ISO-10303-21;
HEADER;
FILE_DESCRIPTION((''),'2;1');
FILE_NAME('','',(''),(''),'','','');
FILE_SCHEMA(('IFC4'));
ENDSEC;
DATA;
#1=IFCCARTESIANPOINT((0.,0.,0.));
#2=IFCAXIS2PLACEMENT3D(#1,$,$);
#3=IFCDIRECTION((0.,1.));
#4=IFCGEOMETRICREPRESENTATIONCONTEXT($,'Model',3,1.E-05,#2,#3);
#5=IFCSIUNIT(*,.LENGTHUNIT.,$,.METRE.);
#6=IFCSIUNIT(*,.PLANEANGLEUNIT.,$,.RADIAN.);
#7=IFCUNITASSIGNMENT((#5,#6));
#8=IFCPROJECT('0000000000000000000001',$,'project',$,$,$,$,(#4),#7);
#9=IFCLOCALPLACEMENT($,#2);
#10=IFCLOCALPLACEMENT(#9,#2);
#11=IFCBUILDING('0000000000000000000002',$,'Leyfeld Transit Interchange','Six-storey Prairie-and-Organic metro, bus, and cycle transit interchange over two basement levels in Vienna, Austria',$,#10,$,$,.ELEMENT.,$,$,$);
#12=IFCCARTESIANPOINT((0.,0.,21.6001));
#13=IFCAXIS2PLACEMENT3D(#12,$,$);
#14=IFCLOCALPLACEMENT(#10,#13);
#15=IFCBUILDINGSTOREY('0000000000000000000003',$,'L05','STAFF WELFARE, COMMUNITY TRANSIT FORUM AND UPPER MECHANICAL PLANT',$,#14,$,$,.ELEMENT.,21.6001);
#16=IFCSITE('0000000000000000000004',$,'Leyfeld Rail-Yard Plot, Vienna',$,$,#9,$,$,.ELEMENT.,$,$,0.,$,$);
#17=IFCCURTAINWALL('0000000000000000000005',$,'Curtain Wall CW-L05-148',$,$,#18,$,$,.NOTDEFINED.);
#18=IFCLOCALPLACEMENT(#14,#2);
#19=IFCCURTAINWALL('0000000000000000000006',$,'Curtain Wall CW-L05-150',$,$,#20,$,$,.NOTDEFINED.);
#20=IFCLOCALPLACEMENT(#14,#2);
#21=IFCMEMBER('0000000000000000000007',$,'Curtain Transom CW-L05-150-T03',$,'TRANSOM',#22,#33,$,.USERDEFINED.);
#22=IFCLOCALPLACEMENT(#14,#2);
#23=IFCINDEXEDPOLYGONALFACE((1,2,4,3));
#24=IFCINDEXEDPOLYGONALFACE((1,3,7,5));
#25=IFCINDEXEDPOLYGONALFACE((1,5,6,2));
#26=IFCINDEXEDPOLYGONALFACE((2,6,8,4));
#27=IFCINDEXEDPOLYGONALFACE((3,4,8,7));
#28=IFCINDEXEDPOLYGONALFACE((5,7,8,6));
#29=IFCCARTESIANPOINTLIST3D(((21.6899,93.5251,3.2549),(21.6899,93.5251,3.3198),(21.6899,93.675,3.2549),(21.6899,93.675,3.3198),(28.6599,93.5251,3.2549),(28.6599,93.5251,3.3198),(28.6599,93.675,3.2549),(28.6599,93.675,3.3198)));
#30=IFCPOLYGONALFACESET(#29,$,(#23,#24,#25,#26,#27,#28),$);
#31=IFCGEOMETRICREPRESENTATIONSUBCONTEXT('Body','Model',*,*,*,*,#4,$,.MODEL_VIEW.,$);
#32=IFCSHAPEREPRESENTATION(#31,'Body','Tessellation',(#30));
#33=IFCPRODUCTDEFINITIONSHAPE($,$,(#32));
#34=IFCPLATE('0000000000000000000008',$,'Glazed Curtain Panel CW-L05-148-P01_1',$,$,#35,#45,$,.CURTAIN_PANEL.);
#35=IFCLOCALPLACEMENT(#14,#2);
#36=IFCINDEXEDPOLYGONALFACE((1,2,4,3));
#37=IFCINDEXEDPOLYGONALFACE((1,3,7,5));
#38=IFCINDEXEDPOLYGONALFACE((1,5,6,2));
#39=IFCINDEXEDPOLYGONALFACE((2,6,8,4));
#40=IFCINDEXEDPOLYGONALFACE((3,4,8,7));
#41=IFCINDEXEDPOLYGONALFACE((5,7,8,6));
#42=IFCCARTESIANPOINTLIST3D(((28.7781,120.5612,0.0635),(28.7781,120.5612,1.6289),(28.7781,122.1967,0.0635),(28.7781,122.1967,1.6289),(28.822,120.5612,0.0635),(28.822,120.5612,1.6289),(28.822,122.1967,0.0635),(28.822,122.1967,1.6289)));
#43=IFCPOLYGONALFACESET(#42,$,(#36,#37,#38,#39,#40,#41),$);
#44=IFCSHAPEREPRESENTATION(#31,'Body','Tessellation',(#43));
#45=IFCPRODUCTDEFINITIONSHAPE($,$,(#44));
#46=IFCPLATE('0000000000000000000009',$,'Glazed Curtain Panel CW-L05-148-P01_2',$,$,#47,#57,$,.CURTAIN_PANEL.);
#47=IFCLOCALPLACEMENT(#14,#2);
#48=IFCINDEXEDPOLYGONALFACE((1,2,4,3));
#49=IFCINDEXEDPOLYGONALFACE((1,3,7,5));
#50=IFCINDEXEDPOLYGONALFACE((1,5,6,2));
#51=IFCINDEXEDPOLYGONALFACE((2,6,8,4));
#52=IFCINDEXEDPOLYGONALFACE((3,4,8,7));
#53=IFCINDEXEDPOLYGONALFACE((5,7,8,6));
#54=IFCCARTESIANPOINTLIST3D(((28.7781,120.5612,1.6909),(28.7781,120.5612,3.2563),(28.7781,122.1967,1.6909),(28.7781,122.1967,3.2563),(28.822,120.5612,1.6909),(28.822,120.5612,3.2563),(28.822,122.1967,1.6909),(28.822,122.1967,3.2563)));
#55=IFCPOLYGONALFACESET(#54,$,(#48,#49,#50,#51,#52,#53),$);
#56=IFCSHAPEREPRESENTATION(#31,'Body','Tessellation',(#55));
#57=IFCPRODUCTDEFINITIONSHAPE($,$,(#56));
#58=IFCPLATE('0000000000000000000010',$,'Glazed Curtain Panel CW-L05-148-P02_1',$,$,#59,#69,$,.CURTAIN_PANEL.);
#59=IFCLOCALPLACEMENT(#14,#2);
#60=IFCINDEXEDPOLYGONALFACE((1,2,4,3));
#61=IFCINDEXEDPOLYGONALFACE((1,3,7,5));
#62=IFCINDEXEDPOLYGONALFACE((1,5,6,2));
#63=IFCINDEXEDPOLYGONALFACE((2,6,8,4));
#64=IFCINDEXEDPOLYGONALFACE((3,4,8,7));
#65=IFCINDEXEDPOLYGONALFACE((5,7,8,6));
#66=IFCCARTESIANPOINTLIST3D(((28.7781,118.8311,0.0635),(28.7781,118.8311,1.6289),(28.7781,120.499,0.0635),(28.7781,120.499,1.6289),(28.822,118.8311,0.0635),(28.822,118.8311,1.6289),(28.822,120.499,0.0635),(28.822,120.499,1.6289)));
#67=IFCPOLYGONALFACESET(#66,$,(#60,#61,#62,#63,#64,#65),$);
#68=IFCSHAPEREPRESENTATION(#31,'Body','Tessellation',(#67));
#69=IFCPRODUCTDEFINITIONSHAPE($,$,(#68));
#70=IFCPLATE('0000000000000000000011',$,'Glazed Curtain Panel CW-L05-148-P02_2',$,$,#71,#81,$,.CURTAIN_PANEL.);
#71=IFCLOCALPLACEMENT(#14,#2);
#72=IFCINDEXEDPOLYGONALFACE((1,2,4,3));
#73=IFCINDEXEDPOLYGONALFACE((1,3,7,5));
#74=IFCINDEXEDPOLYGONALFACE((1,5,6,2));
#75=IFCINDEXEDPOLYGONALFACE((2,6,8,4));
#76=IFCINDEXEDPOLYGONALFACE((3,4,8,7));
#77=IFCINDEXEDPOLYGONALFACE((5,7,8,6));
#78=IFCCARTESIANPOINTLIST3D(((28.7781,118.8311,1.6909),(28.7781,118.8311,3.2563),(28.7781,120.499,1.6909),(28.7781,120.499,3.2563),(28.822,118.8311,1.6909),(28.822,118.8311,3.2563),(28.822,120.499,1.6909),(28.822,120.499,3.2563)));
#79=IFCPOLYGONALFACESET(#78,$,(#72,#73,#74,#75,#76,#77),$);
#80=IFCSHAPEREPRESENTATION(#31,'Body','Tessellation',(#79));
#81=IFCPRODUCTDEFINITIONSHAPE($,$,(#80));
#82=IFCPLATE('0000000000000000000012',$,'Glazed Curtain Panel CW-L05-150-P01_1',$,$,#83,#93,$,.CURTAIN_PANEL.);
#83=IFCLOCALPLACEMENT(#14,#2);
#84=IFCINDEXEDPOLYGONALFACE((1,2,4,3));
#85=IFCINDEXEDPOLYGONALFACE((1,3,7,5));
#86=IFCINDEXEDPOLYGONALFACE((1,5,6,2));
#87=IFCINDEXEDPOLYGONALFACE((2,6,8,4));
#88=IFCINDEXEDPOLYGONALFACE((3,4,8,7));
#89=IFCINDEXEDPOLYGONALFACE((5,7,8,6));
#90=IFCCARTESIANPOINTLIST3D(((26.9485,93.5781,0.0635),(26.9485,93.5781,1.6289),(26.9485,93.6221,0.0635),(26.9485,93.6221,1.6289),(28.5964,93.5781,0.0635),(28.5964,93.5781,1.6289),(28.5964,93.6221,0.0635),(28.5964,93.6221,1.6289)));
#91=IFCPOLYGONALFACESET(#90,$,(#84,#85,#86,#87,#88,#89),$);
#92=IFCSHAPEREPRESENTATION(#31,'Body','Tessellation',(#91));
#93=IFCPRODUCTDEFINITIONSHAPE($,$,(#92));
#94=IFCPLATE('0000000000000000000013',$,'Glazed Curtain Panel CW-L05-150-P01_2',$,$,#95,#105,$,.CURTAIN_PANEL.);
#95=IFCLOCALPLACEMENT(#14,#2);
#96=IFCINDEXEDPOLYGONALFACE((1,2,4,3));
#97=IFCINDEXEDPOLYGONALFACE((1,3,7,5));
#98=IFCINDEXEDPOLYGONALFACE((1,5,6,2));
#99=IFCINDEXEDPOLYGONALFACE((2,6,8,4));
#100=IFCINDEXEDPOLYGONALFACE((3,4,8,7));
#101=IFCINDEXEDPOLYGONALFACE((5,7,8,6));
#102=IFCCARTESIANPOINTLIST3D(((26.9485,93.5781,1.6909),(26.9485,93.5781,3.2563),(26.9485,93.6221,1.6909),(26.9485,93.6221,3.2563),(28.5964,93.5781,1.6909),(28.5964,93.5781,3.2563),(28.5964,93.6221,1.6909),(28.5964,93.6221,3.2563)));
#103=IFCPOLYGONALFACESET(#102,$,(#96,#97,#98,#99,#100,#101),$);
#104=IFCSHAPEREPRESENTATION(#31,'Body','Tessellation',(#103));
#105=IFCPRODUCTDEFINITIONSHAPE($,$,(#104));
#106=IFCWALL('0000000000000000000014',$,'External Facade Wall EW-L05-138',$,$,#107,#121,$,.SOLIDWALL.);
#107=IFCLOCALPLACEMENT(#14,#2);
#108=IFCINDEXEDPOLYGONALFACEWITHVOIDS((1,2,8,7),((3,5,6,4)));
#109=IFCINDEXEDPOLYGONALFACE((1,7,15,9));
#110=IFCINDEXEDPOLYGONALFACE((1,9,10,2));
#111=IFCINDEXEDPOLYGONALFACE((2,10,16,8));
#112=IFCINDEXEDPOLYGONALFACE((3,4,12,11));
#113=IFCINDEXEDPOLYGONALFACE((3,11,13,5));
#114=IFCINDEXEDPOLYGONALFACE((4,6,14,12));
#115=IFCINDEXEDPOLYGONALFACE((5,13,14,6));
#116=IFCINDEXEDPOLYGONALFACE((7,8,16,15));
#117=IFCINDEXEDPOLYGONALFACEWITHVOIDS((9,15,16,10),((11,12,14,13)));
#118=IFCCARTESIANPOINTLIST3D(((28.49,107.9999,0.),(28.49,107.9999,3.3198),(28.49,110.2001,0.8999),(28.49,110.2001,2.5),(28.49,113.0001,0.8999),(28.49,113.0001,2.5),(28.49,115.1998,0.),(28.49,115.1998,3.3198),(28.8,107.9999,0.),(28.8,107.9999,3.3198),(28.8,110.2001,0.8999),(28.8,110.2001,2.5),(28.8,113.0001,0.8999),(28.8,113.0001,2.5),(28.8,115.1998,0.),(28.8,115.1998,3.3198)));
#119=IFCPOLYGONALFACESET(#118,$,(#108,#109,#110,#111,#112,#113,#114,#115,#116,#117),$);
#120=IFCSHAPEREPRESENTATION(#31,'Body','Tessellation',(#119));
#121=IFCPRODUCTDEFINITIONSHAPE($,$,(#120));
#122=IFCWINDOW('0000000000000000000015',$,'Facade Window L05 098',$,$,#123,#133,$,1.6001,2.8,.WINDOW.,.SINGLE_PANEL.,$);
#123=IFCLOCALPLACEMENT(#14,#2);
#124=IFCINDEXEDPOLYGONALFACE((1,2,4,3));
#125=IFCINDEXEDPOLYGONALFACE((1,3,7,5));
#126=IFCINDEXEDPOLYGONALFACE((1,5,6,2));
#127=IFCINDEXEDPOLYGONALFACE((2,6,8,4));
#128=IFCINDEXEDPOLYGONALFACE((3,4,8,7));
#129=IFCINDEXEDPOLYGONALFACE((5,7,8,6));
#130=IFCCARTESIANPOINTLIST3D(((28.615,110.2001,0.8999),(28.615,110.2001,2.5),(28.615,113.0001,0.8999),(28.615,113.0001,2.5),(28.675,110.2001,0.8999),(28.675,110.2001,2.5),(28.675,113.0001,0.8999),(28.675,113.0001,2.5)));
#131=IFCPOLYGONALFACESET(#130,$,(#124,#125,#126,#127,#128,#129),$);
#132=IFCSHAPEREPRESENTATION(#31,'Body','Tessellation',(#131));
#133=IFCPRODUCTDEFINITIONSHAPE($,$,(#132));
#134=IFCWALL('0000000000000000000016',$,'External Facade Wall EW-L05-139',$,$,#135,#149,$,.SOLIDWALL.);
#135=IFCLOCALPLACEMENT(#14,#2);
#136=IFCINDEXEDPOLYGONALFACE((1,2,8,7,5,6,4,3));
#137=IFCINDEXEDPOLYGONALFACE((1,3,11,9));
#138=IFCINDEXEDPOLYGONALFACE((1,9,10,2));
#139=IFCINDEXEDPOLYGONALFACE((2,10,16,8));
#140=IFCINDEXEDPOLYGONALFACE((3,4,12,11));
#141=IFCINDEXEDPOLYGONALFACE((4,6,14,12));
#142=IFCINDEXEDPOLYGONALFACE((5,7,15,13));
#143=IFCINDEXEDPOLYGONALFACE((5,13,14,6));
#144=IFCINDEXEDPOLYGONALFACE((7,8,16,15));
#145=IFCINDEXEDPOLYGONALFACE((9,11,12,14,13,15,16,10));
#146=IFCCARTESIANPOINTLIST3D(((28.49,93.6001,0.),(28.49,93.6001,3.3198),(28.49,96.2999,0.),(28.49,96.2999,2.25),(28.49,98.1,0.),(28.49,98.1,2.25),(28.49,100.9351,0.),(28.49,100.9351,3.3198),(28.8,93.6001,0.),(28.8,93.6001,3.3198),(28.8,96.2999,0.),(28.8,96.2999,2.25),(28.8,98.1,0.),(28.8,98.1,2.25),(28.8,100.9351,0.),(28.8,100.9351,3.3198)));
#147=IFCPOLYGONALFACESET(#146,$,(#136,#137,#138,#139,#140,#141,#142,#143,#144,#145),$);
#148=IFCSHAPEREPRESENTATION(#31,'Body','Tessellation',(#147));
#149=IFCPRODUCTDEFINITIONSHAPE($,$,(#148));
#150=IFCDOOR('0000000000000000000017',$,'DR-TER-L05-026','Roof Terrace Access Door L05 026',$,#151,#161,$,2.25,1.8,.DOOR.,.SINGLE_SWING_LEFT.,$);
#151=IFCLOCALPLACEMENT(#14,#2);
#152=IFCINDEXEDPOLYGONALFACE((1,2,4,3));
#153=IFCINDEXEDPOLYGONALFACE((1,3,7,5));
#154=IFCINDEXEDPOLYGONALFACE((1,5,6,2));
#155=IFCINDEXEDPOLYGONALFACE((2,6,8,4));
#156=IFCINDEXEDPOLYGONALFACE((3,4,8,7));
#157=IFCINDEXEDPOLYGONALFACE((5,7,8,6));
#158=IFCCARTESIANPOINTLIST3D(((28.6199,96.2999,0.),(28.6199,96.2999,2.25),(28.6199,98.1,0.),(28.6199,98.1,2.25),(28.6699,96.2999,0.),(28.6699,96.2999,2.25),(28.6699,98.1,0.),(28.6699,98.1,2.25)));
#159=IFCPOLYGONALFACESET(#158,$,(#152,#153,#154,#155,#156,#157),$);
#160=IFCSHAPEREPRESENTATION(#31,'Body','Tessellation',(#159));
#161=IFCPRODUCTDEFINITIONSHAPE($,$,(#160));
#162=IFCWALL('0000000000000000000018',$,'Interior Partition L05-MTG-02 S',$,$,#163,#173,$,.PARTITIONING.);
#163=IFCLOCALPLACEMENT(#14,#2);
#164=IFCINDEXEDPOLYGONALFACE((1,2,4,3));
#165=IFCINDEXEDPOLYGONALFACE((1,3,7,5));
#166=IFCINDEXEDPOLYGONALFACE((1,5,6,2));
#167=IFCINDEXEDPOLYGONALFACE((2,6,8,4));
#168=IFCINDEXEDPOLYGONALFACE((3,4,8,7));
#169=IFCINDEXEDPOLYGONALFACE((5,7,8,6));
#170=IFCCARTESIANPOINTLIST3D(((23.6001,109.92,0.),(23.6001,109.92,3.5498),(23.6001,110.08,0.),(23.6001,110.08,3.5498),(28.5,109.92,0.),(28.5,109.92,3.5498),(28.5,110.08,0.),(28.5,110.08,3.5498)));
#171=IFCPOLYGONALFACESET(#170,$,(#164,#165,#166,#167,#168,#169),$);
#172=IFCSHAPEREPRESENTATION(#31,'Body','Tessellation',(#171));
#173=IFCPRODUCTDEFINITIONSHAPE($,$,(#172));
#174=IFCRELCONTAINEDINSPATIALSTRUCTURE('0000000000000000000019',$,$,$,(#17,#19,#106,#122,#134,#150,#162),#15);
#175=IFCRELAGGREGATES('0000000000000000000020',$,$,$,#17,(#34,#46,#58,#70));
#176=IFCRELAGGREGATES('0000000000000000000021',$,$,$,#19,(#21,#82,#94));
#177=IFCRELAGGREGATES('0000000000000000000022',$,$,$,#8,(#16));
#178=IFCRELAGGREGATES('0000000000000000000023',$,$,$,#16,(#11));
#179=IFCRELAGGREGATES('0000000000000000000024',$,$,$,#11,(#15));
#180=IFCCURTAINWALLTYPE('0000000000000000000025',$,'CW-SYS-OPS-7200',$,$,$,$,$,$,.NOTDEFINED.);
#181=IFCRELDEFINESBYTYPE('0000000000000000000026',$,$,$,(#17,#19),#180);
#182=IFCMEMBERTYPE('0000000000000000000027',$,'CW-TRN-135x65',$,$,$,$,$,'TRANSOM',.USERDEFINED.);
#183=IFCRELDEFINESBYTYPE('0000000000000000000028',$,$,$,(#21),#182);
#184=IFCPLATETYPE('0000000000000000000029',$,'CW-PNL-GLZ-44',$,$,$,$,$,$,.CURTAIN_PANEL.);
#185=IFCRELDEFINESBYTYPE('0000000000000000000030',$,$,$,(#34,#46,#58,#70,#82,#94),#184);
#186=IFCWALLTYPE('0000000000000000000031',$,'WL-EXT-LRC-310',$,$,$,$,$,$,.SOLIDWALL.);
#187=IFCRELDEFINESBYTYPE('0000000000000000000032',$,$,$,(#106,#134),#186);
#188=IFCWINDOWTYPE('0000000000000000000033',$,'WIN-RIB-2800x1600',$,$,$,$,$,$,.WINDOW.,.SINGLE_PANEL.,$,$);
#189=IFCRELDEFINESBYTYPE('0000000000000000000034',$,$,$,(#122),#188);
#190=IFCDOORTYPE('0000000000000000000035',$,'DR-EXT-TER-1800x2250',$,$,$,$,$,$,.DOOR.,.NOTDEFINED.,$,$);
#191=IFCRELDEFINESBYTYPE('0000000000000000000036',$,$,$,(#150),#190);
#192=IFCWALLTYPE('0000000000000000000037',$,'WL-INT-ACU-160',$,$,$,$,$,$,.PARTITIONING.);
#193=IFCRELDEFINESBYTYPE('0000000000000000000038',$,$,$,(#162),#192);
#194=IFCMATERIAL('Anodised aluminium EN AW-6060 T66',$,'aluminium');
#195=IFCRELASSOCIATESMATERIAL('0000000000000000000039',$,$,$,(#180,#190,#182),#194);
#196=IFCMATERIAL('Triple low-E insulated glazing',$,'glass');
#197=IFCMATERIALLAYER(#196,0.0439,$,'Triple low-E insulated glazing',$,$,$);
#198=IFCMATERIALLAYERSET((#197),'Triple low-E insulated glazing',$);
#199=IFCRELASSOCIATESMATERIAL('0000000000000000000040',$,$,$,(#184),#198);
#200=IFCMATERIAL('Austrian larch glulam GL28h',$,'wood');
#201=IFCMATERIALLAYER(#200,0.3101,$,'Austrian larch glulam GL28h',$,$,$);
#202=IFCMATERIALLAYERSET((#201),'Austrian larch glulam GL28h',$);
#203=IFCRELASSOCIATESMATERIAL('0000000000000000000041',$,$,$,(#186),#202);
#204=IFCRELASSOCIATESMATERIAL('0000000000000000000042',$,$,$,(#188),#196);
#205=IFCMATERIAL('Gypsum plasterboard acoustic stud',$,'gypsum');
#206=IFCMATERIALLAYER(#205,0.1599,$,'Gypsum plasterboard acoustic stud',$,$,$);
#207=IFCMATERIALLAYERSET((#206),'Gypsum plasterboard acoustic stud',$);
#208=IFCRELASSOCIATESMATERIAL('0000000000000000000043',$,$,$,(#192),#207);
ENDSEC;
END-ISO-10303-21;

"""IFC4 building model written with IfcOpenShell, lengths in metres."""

from ifc_helpers import new_model, si_unit, direction, frame, frame_2d, origin, origin_2d, place, context, subcontext, project, spatial, rectangle, extrude, material, layer, layer_set, material_profile, profile_set, type_object, element, fill, aggregate, save


model = new_model("IFC4")

# Units and contexts
model_context = context("Model", 3, precision=1e-05, world=origin(), true_north=direction((0.0, 1.0)))
body_context = subcontext(model_context, "Body", "Model", "MODEL_VIEW")
ifc_project = project(units=[si_unit("LENGTHUNIT", "METRE"), si_unit("PLANEANGLEUNIT", "RADIAN")], contexts=[model_context])

# Site, building, storey
site_placement = place(None, origin())
site = spatial("IfcSite", under=ifc_project, at=site_placement, Name="Leyfeld Rail-Yard Plot, Vienna", CompositionType="ELEMENT", RefElevation=0.0)
building_placement = place(site_placement, origin())
building = spatial("IfcBuilding", under=site, at=building_placement, Name="Leyfeld Transit Interchange", Description="Six-storey Prairie-and-Organic metro, bus, and cycle transit interchange over two basement levels in Vienna, Austria", CompositionType="ELEMENT")
storey_placement = place(building_placement, frame((0.0, 0.0, 21.6001)))
storey = spatial("IfcBuildingStorey", under=building, at=storey_placement, Name="L05", Description="STAFF WELFARE, COMMUNITY TRANSIT FORUM AND UPPER MECHANICAL PLANT", CompositionType="ELEMENT", Elevation=21.6001)

# Curtain wall
ifc_material_1 = material(Name="Anodised aluminium EN AW-6060 T66", Category="aluminium")
curtain_wall_type = type_object("IfcCurtainWallType", Name="CW-SYS-OPS-7200", PredefinedType="NOTDEFINED", material=ifc_material_1)
curtain_wall_1_placement = place(storey_placement, origin())
curtain_wall_1 = element("IfcCurtainWall", 1, at=curtain_wall_1_placement, inside=storey, type_object=curtain_wall_type, Name="Curtain Wall CW-L05-148", PredefinedType="NOTDEFINED")

# Curtain wall
curtain_wall_2_placement = place(storey_placement, origin())
curtain_wall_2 = element("IfcCurtainWall", 2, at=curtain_wall_2_placement, inside=storey, type_object=curtain_wall_type, Name="Curtain Wall CW-L05-150", PredefinedType="NOTDEFINED")

# Member
ifc_material_profile_1 = material_profile(ifc_material_1, rectangle(XDim=0.1499, YDim=0.0649, at=origin_2d()), Name="CW-TRN-135x65")
ifc_profile_set_1 = profile_set([ifc_material_profile_1], Name="Anodised aluminium EN AW-6060 T66")
member_type_1 = type_object("IfcMemberType", Name="CW-TRN-135x65", ElementType="TRANSOM", PredefinedType="USERDEFINED", material=ifc_profile_set_1)
member_1_placement = place(storey_placement, frame((28.6599, 93.6001, 3.2874), z_axis=(-1.0, 0.0, 0.0), x_axis=(0.0, -1.0, 0.0)))
member_1 = element("IfcMember", 3, at=member_1_placement, type_object=member_type_1, Name="Curtain Transom CW-L05-150-T03", ObjectType="TRANSOM", PredefinedType="USERDEFINED", context=body_context, shape_type="SweptSolid", body=[
    extrude(rectangle(XDim=0.1499, YDim=0.0649, at=origin_2d()), origin(), (0.0, 0.0, 1.0), 6.97),
])

# Plates
ifc_material_2 = material(Name="Triple low-E insulated glazing", Category="glass")
ifc_layer_1 = layer(ifc_material_2, 0.0439, Name="Triple low-E insulated glazing")
ifc_layer_set_1 = layer_set([ifc_layer_1], Name="Triple low-E insulated glazing")
plate_type = type_object("IfcPlateType", Name="CW-PNL-GLZ-44", PredefinedType="CURTAIN_PANEL", material=ifc_layer_set_1)
plate_1_placement = place(storey_placement, frame((28.8, 121.3789, 0.0635), z_axis=(0.0, 0.0, 1.0), x_axis=(0.0, -1.0, 0.0)))
plate_1 = element("IfcPlate", 4, at=plate_1_placement, type_object=plate_type, Name="Glazed Curtain Panel CW-L05-148-P01_1", PredefinedType="CURTAIN_PANEL", context=body_context, shape_type="SweptSolid", body=[
    extrude(rectangle(XDim=1.6355, YDim=0.0439, at=origin_2d()), origin(), (0.0, 0.0, 1.0), 1.5654),
])
plate_2_placement = place(storey_placement, frame((28.8, 121.3789, 1.6909), z_axis=(0.0, 0.0, 1.0), x_axis=(0.0, -1.0, 0.0)))
plate_2 = element("IfcPlate", 5, at=plate_2_placement, type_object=plate_type, Name="Glazed Curtain Panel CW-L05-148-P01_2", PredefinedType="CURTAIN_PANEL", context=body_context, shape_type="SweptSolid", body=[
    extrude(rectangle(XDim=1.6355, YDim=0.0439, at=origin_2d()), origin(), (0.0, 0.0, 1.0), 1.5654),
])
plate_3_placement = place(storey_placement, frame((28.8, 119.665, 0.0635), z_axis=(0.0, 0.0, 1.0), x_axis=(0.0, -1.0, 0.0)))
plate_3 = element("IfcPlate", 6, at=plate_3_placement, type_object=plate_type, Name="Glazed Curtain Panel CW-L05-148-P02_1", PredefinedType="CURTAIN_PANEL", context=body_context, shape_type="SweptSolid", body=[
    extrude(rectangle(XDim=1.668, YDim=0.0439, at=origin_2d()), origin(), (0.0, 0.0, 1.0), 1.5654),
])
plate_4_placement = place(storey_placement, frame((28.8, 119.665, 1.6909), z_axis=(0.0, 0.0, 1.0), x_axis=(0.0, -1.0, 0.0)))
plate_4 = element("IfcPlate", 7, at=plate_4_placement, type_object=plate_type, Name="Glazed Curtain Panel CW-L05-148-P02_2", PredefinedType="CURTAIN_PANEL", context=body_context, shape_type="SweptSolid", body=[
    extrude(rectangle(XDim=1.668, YDim=0.0439, at=origin_2d()), origin(), (0.0, 0.0, 1.0), 1.5654),
])
aggregate(curtain_wall_1, [plate_1, plate_2, plate_3, plate_4])
plate_5_placement = place(storey_placement, frame((27.7725, 93.6001, 0.0635), z_axis=(0.0, 0.0, 1.0), x_axis=(-1.0, 0.0, 0.0)))
plate_5 = element("IfcPlate", 8, at=plate_5_placement, type_object=plate_type, Name="Glazed Curtain Panel CW-L05-150-P01_1", PredefinedType="CURTAIN_PANEL", context=body_context, shape_type="SweptSolid", body=[
    extrude(rectangle(XDim=1.6479, YDim=0.0439, at=origin_2d()), origin(), (0.0, 0.0, 1.0), 1.5654),
])
plate_6_placement = place(storey_placement, frame((27.7725, 93.6001, 1.6909), z_axis=(0.0, 0.0, 1.0), x_axis=(-1.0, 0.0, 0.0)))
plate_6 = element("IfcPlate", 9, at=plate_6_placement, type_object=plate_type, Name="Glazed Curtain Panel CW-L05-150-P01_2", PredefinedType="CURTAIN_PANEL", context=body_context, shape_type="SweptSolid", body=[
    extrude(rectangle(XDim=1.6479, YDim=0.0439, at=origin_2d()), origin(), (0.0, 0.0, 1.0), 1.5654),
])
aggregate(curtain_wall_2, [member_1, plate_5, plate_6])

# Wall, opening, window
ifc_material_3 = material(Name="Austrian larch glulam GL28h", Category="wood")
ifc_layer_2 = layer(ifc_material_3, 0.3101, Name="Austrian larch glulam GL28h")
ifc_layer_set_2 = layer_set([ifc_layer_2], Name="Austrian larch glulam GL28h")
wall_type_1 = type_object("IfcWallType", Name="WL-EXT-LRC-310", PredefinedType="SOLIDWALL", material=ifc_layer_set_2)
wall_1_placement = place(storey_placement, frame((28.645, 115.2, 0.0), z_axis=(0.0, 0.0, 1.0), x_axis=(0.0, -1.0, 0.0)))
wall_1 = element("IfcWall", 10, at=wall_1_placement, inside=storey, type_object=wall_type_1, Name="External Facade Wall EW-L05-138", PredefinedType="SOLIDWALL", context=body_context, shape_type="SweptSolid", body=[
    extrude(rectangle(XDim=7.2, YDim=0.3101, at=frame_2d((3.6001, 0.0))), origin(), (0.0, 0.0, 1.0), 3.3198),
])
opening_1_placement = place(wall_1_placement, frame((2.2, 0.0, 0.8999)))
opening_1 = element("IfcOpeningElement", 11, at=opening_1_placement, cuts=wall_1, PredefinedType="OPENING", context=body_context, shape_type="SweptSolid", body=[
    extrude(rectangle(XDim=2.8, YDim=1.6001, at=frame_2d((1.3999, 0.8))), frame((0.0, 0.165, 0.0), z_axis=(0.0, -1.0, 0.0), x_axis=(1.0, 0.0, 0.0)), (0.0, 0.0, 1.0), 0.3301),
])
window_type = type_object("IfcWindowType", Name="WIN-RIB-2800x1600", PartitioningType="SINGLE_PANEL", PredefinedType="WINDOW", material=ifc_material_2)
window_placement = place(opening_1_placement, origin())
window = element("IfcWindow", 12, at=window_placement, inside=storey, type_object=window_type, Name="Facade Window L05 098", OverallHeight=1.6001, OverallWidth=2.8, PartitioningType="SINGLE_PANEL", PredefinedType="WINDOW", context=body_context, shape_type="SweptSolid", body=[
    extrude(rectangle(XDim=2.8, YDim=1.6001, at=frame_2d((1.3999, 0.8))), frame((0.0, 0.03, 0.0), z_axis=(0.0, -1.0, 0.0), x_axis=(1.0, 0.0, 0.0)), (0.0, 0.0, 1.0), 0.0601),
])
fill(opening_1, window)

# Wall, opening, door
wall_2_placement = place(storey_placement, frame((28.645, 100.9351, 0.0), z_axis=(0.0, 0.0, 1.0), x_axis=(0.0, -1.0, 0.0)))
wall_2 = element("IfcWall", 13, at=wall_2_placement, inside=storey, type_object=wall_type_1, Name="External Facade Wall EW-L05-139", PredefinedType="SOLIDWALL", context=body_context, shape_type="SweptSolid", body=[
    extrude(rectangle(XDim=7.335, YDim=0.3101, at=frame_2d((3.6675, 0.0))), origin(), (0.0, 0.0, 1.0), 3.3198),
])
opening_2_placement = place(wall_2_placement, frame((2.8352, 0.0, 0.0)))
opening_2 = element("IfcOpeningElement", 14, at=opening_2_placement, cuts=wall_2, PredefinedType="OPENING", context=body_context, shape_type="SweptSolid", body=[
    extrude(rectangle(XDim=1.8, YDim=2.25, at=frame_2d((0.8999, 1.125))), frame((0.0, 0.165, 0.0), z_axis=(0.0, -1.0, 0.0), x_axis=(1.0, 0.0, 0.0)), (0.0, 0.0, 1.0), 0.3301),
])
door_type = type_object("IfcDoorType", Name="DR-EXT-TER-1800x2250", OperationType="NOTDEFINED", PredefinedType="DOOR", material=ifc_material_1)
door_placement = place(opening_2_placement, origin())
door = element("IfcDoor", 15, at=door_placement, inside=storey, type_object=door_type, Name="DR-TER-L05-026", Description="Roof Terrace Access Door L05 026", OperationType="SINGLE_SWING_LEFT", OverallHeight=2.25, OverallWidth=1.8, PredefinedType="DOOR", context=body_context, shape_type="SweptSolid", body=[
    extrude(rectangle(XDim=1.8, YDim=2.25, at=frame_2d((0.8999, 1.125))), frame((0.0, 0.0249, 0.0), z_axis=(0.0, -1.0, 0.0), x_axis=(1.0, 0.0, 0.0)), (0.0, 0.0, 1.0), 0.05),
])
fill(opening_2, door)

# Wall
ifc_material_4 = material(Name="Gypsum plasterboard acoustic stud", Category="gypsum")
ifc_layer_3 = layer(ifc_material_4, 0.1599, Name="Gypsum plasterboard acoustic stud")
ifc_layer_set_3 = layer_set([ifc_layer_3], Name="Gypsum plasterboard acoustic stud")
wall_type_2 = type_object("IfcWallType", Name="WL-INT-ACU-160", PredefinedType="PARTITIONING", material=ifc_layer_set_3)
wall_3_placement = place(storey_placement, frame((28.5, 110.0, 0.0), z_axis=(0.0, 0.0, 1.0), x_axis=(-1.0, 0.0, 0.0)))
element("IfcWall", 16, at=wall_3_placement, inside=storey, type_object=wall_type_2, Name="Interior Partition L05-MTG-02 S", PredefinedType="PARTITIONING", context=body_context, shape_type="SweptSolid", body=[
    extrude(rectangle(XDim=4.8999, YDim=0.1599, at=frame_2d((2.45, 0.0))), origin(), (0.0, 0.0, 1.0), 3.5498),
])

save(model, "model.ifc")
